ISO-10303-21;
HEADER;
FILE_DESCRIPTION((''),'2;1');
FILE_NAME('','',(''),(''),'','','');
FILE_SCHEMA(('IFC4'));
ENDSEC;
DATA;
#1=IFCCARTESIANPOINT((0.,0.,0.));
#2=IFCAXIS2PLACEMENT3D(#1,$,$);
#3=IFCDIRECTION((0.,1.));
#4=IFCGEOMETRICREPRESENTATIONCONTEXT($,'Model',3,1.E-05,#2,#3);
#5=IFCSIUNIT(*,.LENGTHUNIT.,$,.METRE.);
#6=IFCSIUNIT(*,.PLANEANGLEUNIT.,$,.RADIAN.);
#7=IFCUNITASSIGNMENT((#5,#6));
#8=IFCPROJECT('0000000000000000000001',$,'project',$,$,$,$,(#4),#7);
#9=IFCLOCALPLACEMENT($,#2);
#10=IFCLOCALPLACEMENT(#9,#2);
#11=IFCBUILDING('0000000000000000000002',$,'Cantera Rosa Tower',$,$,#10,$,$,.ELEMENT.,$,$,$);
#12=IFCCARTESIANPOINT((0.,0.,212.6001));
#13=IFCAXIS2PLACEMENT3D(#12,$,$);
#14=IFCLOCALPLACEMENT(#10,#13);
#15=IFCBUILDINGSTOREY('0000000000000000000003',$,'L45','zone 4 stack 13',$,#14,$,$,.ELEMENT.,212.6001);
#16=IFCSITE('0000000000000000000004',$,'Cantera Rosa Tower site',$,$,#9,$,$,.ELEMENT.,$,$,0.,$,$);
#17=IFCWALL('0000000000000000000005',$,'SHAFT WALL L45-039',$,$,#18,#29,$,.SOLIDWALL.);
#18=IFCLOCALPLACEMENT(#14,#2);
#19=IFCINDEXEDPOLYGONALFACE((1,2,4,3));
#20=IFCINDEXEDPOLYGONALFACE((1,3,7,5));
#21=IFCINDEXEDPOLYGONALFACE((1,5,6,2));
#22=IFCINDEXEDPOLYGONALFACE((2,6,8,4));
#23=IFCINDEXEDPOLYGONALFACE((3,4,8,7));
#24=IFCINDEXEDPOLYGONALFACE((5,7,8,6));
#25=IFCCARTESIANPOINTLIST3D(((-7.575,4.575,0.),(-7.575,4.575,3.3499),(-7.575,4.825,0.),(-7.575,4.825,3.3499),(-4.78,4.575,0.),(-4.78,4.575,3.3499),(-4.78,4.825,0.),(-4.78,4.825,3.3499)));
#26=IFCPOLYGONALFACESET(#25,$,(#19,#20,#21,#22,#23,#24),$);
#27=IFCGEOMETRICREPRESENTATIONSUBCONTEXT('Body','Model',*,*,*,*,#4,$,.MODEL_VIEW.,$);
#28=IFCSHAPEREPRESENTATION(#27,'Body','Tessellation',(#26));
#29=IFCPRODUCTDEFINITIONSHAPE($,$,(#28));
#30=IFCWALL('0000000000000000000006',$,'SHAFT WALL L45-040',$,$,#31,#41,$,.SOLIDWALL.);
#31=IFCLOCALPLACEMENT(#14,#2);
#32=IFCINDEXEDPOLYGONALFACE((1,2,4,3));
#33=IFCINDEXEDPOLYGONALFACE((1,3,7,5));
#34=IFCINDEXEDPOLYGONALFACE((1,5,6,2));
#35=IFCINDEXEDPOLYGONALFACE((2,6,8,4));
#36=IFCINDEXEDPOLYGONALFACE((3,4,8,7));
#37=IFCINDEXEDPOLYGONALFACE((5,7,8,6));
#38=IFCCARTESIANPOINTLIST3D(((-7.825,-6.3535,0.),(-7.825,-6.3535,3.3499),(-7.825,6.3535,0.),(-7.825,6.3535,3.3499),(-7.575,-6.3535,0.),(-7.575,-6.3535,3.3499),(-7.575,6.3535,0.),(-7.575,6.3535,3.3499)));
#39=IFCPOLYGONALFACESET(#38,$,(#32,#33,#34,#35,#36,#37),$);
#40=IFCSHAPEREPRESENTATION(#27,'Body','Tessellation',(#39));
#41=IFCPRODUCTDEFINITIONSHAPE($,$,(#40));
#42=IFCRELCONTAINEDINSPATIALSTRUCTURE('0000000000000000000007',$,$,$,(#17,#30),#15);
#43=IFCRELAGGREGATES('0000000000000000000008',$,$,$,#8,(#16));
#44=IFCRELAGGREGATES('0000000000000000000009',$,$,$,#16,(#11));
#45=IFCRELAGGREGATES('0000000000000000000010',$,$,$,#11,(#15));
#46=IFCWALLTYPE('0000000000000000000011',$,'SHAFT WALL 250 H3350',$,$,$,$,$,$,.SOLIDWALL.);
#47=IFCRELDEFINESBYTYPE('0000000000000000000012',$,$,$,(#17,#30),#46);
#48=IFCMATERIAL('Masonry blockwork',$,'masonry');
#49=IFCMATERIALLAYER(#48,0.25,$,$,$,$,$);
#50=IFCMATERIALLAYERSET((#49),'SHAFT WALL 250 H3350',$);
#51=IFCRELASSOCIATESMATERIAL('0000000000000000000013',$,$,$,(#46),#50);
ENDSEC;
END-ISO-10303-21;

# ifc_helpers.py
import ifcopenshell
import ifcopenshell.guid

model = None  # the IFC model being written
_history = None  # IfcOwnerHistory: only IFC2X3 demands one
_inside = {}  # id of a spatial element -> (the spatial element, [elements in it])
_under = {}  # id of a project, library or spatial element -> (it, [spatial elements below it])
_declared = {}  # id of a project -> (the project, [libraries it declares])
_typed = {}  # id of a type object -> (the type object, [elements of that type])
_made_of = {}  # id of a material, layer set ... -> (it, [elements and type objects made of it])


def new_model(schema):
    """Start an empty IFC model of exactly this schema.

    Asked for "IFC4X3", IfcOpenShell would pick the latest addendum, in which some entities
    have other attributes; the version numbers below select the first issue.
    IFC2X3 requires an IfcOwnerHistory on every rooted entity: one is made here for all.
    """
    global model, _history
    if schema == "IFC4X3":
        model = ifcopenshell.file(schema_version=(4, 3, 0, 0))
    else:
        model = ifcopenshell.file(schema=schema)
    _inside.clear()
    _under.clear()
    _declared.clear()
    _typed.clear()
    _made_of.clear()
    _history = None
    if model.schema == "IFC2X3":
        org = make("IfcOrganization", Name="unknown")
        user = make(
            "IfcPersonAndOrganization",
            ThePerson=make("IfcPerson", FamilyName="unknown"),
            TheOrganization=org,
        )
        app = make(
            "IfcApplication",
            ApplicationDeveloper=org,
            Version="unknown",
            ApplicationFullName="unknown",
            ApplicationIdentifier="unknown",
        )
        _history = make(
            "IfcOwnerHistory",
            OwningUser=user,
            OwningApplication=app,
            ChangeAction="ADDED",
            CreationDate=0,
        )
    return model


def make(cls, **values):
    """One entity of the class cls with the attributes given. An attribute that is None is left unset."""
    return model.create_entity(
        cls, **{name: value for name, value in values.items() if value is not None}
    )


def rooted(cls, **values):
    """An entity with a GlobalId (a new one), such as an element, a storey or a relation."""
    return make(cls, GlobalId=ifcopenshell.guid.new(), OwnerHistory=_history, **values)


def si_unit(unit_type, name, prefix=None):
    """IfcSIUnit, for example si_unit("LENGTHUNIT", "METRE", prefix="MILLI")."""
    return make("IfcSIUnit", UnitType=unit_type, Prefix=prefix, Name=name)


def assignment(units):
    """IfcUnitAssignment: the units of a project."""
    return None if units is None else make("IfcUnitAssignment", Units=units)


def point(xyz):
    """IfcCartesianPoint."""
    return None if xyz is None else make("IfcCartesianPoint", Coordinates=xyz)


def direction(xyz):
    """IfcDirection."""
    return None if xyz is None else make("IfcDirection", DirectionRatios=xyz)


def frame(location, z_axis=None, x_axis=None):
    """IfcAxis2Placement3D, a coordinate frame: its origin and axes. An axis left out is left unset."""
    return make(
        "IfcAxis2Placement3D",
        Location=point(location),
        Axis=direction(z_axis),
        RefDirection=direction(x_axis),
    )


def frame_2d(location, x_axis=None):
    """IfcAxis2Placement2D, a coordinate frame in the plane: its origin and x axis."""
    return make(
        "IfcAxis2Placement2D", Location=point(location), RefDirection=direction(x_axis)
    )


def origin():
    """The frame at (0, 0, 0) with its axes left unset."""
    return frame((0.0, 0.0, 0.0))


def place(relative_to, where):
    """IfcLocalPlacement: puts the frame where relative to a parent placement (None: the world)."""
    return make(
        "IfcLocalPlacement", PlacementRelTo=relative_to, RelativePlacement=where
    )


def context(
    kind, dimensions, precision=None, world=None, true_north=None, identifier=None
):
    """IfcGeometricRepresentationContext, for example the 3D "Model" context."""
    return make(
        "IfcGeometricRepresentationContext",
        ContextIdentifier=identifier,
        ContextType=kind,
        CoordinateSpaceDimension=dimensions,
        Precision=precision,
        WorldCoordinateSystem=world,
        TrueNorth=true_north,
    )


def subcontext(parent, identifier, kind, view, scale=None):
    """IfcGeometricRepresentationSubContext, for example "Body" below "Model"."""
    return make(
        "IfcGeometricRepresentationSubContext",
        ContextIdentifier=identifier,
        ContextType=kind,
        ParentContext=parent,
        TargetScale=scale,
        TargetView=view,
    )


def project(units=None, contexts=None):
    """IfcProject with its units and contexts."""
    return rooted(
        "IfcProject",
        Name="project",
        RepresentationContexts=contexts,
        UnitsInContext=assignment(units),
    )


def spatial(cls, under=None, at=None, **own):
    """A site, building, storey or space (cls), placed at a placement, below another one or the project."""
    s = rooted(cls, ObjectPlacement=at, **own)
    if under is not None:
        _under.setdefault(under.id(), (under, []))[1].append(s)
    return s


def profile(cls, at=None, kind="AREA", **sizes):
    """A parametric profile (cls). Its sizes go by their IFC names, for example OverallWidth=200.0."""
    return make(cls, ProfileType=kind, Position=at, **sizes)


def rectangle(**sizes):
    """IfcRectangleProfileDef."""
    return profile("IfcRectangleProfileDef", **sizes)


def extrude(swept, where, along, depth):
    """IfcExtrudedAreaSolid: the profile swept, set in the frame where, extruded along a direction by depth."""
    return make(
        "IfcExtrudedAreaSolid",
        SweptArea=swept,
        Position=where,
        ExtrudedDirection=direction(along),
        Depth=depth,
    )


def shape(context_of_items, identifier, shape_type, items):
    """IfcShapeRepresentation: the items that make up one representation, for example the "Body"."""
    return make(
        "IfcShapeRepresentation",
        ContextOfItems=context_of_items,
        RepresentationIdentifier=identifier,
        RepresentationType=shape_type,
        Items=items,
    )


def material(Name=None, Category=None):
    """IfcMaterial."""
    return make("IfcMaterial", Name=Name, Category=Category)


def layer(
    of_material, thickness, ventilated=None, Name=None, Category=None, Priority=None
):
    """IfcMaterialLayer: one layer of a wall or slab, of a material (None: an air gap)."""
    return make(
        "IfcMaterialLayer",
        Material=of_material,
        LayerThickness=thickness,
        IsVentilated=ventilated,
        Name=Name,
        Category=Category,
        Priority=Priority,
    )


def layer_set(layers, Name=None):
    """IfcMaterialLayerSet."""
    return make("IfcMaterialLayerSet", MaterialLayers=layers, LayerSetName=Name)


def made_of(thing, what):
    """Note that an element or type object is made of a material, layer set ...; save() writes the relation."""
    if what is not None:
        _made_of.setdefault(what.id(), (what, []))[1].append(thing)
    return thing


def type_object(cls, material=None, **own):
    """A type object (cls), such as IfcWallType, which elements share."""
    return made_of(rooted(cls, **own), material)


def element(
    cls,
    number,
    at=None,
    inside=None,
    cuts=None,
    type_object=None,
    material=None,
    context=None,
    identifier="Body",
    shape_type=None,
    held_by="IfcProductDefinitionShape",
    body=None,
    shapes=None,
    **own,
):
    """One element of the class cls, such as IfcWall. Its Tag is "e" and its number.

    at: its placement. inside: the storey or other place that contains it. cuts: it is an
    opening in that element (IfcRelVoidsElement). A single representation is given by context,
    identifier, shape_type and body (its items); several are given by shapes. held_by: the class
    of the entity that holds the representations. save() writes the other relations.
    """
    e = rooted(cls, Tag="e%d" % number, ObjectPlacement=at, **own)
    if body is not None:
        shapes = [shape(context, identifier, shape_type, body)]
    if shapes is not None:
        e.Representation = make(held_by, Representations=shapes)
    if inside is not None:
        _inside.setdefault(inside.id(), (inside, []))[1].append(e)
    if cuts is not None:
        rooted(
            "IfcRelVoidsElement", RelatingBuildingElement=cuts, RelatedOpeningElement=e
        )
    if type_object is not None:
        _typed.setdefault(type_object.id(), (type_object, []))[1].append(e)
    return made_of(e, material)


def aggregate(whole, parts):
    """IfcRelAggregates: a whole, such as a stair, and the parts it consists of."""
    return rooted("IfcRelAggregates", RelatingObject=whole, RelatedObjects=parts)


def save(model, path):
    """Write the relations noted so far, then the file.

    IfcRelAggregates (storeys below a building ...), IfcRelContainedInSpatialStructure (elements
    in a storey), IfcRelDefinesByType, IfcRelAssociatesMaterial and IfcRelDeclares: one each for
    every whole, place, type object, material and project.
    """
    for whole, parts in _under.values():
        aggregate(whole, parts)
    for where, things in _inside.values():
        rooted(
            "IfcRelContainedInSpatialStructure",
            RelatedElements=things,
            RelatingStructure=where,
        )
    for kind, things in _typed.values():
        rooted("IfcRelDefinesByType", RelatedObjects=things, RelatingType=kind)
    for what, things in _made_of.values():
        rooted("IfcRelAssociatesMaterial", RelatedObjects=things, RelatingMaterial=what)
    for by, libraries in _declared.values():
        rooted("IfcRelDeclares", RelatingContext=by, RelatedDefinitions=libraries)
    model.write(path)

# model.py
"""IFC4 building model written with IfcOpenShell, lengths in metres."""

from ifc_helpers import new_model, si_unit, direction, frame, frame_2d, origin, place, context, subcontext, project, spatial, rectangle, extrude, material, layer, layer_set, type_object, element, save


model = new_model("IFC4")

# Units and contexts
model_context = context("Model", 3, precision=1e-05, world=origin(), true_north=direction((0.0, 1.0)))
body_context = subcontext(model_context, "Body", "Model", "MODEL_VIEW")
ifc_project = project(units=[si_unit("LENGTHUNIT", "METRE"), si_unit("PLANEANGLEUNIT", "RADIAN")], contexts=[model_context])

# Site, building, storey
site_placement = place(None, origin())
site = spatial("IfcSite", under=ifc_project, at=site_placement, Name="Cantera Rosa Tower site", CompositionType="ELEMENT", RefElevation=0.0)
building_placement = place(site_placement, origin())
building = spatial("IfcBuilding", under=site, at=building_placement, Name="Cantera Rosa Tower", CompositionType="ELEMENT")
storey_placement = place(building_placement, frame((0.0, 0.0, 212.6001)))
storey = spatial("IfcBuildingStorey", under=building, at=storey_placement, Name="L45", Description="zone 4 stack 13", CompositionType="ELEMENT", Elevation=212.6001)

# Walls
ifc_material_1 = material(Name="Masonry blockwork", Category="masonry")
ifc_layer_1 = layer(ifc_material_1, 0.25)
ifc_layer_set_1 = layer_set([ifc_layer_1], Name="SHAFT WALL 250 H3350")
wall_type_1 = type_object("IfcWallType", Name="SHAFT WALL 250 H3350", PredefinedType="SOLIDWALL", material=ifc_layer_set_1)
wall_1_placement = place(storey_placement, frame((-7.575, 4.7, 0.0), z_axis=(0.0, 0.0, 1.0), x_axis=(1.0, 0.0, 0.0)))
element("IfcWall", 1, at=wall_1_placement, inside=storey, type_object=wall_type_1, Name="SHAFT WALL L45-039", PredefinedType="SOLIDWALL", context=body_context, shape_type="SweptSolid", body=[
    extrude(rectangle(XDim=2.7949, YDim=0.25, at=frame_2d((1.3975, 0.0))), origin(), (0.0, 0.0, 1.0), 3.3499),
])
wall_2_placement = place(storey_placement, frame((-7.7, 6.3535, 0.0), z_axis=(0.0, 0.0, 1.0), x_axis=(0.0, -1.0, 0.0)))
element("IfcWall", 2, at=wall_2_placement, inside=storey, type_object=wall_type_1, Name="SHAFT WALL L45-040", PredefinedType="SOLIDWALL", context=body_context, shape_type="SweptSolid", body=[
    extrude(rectangle(XDim=12.707, YDim=0.25, at=frame_2d((6.3535, 0.0))), origin(), (0.0, 0.0, 1.0), 3.3499),
])

save(model, "model.ifc")
